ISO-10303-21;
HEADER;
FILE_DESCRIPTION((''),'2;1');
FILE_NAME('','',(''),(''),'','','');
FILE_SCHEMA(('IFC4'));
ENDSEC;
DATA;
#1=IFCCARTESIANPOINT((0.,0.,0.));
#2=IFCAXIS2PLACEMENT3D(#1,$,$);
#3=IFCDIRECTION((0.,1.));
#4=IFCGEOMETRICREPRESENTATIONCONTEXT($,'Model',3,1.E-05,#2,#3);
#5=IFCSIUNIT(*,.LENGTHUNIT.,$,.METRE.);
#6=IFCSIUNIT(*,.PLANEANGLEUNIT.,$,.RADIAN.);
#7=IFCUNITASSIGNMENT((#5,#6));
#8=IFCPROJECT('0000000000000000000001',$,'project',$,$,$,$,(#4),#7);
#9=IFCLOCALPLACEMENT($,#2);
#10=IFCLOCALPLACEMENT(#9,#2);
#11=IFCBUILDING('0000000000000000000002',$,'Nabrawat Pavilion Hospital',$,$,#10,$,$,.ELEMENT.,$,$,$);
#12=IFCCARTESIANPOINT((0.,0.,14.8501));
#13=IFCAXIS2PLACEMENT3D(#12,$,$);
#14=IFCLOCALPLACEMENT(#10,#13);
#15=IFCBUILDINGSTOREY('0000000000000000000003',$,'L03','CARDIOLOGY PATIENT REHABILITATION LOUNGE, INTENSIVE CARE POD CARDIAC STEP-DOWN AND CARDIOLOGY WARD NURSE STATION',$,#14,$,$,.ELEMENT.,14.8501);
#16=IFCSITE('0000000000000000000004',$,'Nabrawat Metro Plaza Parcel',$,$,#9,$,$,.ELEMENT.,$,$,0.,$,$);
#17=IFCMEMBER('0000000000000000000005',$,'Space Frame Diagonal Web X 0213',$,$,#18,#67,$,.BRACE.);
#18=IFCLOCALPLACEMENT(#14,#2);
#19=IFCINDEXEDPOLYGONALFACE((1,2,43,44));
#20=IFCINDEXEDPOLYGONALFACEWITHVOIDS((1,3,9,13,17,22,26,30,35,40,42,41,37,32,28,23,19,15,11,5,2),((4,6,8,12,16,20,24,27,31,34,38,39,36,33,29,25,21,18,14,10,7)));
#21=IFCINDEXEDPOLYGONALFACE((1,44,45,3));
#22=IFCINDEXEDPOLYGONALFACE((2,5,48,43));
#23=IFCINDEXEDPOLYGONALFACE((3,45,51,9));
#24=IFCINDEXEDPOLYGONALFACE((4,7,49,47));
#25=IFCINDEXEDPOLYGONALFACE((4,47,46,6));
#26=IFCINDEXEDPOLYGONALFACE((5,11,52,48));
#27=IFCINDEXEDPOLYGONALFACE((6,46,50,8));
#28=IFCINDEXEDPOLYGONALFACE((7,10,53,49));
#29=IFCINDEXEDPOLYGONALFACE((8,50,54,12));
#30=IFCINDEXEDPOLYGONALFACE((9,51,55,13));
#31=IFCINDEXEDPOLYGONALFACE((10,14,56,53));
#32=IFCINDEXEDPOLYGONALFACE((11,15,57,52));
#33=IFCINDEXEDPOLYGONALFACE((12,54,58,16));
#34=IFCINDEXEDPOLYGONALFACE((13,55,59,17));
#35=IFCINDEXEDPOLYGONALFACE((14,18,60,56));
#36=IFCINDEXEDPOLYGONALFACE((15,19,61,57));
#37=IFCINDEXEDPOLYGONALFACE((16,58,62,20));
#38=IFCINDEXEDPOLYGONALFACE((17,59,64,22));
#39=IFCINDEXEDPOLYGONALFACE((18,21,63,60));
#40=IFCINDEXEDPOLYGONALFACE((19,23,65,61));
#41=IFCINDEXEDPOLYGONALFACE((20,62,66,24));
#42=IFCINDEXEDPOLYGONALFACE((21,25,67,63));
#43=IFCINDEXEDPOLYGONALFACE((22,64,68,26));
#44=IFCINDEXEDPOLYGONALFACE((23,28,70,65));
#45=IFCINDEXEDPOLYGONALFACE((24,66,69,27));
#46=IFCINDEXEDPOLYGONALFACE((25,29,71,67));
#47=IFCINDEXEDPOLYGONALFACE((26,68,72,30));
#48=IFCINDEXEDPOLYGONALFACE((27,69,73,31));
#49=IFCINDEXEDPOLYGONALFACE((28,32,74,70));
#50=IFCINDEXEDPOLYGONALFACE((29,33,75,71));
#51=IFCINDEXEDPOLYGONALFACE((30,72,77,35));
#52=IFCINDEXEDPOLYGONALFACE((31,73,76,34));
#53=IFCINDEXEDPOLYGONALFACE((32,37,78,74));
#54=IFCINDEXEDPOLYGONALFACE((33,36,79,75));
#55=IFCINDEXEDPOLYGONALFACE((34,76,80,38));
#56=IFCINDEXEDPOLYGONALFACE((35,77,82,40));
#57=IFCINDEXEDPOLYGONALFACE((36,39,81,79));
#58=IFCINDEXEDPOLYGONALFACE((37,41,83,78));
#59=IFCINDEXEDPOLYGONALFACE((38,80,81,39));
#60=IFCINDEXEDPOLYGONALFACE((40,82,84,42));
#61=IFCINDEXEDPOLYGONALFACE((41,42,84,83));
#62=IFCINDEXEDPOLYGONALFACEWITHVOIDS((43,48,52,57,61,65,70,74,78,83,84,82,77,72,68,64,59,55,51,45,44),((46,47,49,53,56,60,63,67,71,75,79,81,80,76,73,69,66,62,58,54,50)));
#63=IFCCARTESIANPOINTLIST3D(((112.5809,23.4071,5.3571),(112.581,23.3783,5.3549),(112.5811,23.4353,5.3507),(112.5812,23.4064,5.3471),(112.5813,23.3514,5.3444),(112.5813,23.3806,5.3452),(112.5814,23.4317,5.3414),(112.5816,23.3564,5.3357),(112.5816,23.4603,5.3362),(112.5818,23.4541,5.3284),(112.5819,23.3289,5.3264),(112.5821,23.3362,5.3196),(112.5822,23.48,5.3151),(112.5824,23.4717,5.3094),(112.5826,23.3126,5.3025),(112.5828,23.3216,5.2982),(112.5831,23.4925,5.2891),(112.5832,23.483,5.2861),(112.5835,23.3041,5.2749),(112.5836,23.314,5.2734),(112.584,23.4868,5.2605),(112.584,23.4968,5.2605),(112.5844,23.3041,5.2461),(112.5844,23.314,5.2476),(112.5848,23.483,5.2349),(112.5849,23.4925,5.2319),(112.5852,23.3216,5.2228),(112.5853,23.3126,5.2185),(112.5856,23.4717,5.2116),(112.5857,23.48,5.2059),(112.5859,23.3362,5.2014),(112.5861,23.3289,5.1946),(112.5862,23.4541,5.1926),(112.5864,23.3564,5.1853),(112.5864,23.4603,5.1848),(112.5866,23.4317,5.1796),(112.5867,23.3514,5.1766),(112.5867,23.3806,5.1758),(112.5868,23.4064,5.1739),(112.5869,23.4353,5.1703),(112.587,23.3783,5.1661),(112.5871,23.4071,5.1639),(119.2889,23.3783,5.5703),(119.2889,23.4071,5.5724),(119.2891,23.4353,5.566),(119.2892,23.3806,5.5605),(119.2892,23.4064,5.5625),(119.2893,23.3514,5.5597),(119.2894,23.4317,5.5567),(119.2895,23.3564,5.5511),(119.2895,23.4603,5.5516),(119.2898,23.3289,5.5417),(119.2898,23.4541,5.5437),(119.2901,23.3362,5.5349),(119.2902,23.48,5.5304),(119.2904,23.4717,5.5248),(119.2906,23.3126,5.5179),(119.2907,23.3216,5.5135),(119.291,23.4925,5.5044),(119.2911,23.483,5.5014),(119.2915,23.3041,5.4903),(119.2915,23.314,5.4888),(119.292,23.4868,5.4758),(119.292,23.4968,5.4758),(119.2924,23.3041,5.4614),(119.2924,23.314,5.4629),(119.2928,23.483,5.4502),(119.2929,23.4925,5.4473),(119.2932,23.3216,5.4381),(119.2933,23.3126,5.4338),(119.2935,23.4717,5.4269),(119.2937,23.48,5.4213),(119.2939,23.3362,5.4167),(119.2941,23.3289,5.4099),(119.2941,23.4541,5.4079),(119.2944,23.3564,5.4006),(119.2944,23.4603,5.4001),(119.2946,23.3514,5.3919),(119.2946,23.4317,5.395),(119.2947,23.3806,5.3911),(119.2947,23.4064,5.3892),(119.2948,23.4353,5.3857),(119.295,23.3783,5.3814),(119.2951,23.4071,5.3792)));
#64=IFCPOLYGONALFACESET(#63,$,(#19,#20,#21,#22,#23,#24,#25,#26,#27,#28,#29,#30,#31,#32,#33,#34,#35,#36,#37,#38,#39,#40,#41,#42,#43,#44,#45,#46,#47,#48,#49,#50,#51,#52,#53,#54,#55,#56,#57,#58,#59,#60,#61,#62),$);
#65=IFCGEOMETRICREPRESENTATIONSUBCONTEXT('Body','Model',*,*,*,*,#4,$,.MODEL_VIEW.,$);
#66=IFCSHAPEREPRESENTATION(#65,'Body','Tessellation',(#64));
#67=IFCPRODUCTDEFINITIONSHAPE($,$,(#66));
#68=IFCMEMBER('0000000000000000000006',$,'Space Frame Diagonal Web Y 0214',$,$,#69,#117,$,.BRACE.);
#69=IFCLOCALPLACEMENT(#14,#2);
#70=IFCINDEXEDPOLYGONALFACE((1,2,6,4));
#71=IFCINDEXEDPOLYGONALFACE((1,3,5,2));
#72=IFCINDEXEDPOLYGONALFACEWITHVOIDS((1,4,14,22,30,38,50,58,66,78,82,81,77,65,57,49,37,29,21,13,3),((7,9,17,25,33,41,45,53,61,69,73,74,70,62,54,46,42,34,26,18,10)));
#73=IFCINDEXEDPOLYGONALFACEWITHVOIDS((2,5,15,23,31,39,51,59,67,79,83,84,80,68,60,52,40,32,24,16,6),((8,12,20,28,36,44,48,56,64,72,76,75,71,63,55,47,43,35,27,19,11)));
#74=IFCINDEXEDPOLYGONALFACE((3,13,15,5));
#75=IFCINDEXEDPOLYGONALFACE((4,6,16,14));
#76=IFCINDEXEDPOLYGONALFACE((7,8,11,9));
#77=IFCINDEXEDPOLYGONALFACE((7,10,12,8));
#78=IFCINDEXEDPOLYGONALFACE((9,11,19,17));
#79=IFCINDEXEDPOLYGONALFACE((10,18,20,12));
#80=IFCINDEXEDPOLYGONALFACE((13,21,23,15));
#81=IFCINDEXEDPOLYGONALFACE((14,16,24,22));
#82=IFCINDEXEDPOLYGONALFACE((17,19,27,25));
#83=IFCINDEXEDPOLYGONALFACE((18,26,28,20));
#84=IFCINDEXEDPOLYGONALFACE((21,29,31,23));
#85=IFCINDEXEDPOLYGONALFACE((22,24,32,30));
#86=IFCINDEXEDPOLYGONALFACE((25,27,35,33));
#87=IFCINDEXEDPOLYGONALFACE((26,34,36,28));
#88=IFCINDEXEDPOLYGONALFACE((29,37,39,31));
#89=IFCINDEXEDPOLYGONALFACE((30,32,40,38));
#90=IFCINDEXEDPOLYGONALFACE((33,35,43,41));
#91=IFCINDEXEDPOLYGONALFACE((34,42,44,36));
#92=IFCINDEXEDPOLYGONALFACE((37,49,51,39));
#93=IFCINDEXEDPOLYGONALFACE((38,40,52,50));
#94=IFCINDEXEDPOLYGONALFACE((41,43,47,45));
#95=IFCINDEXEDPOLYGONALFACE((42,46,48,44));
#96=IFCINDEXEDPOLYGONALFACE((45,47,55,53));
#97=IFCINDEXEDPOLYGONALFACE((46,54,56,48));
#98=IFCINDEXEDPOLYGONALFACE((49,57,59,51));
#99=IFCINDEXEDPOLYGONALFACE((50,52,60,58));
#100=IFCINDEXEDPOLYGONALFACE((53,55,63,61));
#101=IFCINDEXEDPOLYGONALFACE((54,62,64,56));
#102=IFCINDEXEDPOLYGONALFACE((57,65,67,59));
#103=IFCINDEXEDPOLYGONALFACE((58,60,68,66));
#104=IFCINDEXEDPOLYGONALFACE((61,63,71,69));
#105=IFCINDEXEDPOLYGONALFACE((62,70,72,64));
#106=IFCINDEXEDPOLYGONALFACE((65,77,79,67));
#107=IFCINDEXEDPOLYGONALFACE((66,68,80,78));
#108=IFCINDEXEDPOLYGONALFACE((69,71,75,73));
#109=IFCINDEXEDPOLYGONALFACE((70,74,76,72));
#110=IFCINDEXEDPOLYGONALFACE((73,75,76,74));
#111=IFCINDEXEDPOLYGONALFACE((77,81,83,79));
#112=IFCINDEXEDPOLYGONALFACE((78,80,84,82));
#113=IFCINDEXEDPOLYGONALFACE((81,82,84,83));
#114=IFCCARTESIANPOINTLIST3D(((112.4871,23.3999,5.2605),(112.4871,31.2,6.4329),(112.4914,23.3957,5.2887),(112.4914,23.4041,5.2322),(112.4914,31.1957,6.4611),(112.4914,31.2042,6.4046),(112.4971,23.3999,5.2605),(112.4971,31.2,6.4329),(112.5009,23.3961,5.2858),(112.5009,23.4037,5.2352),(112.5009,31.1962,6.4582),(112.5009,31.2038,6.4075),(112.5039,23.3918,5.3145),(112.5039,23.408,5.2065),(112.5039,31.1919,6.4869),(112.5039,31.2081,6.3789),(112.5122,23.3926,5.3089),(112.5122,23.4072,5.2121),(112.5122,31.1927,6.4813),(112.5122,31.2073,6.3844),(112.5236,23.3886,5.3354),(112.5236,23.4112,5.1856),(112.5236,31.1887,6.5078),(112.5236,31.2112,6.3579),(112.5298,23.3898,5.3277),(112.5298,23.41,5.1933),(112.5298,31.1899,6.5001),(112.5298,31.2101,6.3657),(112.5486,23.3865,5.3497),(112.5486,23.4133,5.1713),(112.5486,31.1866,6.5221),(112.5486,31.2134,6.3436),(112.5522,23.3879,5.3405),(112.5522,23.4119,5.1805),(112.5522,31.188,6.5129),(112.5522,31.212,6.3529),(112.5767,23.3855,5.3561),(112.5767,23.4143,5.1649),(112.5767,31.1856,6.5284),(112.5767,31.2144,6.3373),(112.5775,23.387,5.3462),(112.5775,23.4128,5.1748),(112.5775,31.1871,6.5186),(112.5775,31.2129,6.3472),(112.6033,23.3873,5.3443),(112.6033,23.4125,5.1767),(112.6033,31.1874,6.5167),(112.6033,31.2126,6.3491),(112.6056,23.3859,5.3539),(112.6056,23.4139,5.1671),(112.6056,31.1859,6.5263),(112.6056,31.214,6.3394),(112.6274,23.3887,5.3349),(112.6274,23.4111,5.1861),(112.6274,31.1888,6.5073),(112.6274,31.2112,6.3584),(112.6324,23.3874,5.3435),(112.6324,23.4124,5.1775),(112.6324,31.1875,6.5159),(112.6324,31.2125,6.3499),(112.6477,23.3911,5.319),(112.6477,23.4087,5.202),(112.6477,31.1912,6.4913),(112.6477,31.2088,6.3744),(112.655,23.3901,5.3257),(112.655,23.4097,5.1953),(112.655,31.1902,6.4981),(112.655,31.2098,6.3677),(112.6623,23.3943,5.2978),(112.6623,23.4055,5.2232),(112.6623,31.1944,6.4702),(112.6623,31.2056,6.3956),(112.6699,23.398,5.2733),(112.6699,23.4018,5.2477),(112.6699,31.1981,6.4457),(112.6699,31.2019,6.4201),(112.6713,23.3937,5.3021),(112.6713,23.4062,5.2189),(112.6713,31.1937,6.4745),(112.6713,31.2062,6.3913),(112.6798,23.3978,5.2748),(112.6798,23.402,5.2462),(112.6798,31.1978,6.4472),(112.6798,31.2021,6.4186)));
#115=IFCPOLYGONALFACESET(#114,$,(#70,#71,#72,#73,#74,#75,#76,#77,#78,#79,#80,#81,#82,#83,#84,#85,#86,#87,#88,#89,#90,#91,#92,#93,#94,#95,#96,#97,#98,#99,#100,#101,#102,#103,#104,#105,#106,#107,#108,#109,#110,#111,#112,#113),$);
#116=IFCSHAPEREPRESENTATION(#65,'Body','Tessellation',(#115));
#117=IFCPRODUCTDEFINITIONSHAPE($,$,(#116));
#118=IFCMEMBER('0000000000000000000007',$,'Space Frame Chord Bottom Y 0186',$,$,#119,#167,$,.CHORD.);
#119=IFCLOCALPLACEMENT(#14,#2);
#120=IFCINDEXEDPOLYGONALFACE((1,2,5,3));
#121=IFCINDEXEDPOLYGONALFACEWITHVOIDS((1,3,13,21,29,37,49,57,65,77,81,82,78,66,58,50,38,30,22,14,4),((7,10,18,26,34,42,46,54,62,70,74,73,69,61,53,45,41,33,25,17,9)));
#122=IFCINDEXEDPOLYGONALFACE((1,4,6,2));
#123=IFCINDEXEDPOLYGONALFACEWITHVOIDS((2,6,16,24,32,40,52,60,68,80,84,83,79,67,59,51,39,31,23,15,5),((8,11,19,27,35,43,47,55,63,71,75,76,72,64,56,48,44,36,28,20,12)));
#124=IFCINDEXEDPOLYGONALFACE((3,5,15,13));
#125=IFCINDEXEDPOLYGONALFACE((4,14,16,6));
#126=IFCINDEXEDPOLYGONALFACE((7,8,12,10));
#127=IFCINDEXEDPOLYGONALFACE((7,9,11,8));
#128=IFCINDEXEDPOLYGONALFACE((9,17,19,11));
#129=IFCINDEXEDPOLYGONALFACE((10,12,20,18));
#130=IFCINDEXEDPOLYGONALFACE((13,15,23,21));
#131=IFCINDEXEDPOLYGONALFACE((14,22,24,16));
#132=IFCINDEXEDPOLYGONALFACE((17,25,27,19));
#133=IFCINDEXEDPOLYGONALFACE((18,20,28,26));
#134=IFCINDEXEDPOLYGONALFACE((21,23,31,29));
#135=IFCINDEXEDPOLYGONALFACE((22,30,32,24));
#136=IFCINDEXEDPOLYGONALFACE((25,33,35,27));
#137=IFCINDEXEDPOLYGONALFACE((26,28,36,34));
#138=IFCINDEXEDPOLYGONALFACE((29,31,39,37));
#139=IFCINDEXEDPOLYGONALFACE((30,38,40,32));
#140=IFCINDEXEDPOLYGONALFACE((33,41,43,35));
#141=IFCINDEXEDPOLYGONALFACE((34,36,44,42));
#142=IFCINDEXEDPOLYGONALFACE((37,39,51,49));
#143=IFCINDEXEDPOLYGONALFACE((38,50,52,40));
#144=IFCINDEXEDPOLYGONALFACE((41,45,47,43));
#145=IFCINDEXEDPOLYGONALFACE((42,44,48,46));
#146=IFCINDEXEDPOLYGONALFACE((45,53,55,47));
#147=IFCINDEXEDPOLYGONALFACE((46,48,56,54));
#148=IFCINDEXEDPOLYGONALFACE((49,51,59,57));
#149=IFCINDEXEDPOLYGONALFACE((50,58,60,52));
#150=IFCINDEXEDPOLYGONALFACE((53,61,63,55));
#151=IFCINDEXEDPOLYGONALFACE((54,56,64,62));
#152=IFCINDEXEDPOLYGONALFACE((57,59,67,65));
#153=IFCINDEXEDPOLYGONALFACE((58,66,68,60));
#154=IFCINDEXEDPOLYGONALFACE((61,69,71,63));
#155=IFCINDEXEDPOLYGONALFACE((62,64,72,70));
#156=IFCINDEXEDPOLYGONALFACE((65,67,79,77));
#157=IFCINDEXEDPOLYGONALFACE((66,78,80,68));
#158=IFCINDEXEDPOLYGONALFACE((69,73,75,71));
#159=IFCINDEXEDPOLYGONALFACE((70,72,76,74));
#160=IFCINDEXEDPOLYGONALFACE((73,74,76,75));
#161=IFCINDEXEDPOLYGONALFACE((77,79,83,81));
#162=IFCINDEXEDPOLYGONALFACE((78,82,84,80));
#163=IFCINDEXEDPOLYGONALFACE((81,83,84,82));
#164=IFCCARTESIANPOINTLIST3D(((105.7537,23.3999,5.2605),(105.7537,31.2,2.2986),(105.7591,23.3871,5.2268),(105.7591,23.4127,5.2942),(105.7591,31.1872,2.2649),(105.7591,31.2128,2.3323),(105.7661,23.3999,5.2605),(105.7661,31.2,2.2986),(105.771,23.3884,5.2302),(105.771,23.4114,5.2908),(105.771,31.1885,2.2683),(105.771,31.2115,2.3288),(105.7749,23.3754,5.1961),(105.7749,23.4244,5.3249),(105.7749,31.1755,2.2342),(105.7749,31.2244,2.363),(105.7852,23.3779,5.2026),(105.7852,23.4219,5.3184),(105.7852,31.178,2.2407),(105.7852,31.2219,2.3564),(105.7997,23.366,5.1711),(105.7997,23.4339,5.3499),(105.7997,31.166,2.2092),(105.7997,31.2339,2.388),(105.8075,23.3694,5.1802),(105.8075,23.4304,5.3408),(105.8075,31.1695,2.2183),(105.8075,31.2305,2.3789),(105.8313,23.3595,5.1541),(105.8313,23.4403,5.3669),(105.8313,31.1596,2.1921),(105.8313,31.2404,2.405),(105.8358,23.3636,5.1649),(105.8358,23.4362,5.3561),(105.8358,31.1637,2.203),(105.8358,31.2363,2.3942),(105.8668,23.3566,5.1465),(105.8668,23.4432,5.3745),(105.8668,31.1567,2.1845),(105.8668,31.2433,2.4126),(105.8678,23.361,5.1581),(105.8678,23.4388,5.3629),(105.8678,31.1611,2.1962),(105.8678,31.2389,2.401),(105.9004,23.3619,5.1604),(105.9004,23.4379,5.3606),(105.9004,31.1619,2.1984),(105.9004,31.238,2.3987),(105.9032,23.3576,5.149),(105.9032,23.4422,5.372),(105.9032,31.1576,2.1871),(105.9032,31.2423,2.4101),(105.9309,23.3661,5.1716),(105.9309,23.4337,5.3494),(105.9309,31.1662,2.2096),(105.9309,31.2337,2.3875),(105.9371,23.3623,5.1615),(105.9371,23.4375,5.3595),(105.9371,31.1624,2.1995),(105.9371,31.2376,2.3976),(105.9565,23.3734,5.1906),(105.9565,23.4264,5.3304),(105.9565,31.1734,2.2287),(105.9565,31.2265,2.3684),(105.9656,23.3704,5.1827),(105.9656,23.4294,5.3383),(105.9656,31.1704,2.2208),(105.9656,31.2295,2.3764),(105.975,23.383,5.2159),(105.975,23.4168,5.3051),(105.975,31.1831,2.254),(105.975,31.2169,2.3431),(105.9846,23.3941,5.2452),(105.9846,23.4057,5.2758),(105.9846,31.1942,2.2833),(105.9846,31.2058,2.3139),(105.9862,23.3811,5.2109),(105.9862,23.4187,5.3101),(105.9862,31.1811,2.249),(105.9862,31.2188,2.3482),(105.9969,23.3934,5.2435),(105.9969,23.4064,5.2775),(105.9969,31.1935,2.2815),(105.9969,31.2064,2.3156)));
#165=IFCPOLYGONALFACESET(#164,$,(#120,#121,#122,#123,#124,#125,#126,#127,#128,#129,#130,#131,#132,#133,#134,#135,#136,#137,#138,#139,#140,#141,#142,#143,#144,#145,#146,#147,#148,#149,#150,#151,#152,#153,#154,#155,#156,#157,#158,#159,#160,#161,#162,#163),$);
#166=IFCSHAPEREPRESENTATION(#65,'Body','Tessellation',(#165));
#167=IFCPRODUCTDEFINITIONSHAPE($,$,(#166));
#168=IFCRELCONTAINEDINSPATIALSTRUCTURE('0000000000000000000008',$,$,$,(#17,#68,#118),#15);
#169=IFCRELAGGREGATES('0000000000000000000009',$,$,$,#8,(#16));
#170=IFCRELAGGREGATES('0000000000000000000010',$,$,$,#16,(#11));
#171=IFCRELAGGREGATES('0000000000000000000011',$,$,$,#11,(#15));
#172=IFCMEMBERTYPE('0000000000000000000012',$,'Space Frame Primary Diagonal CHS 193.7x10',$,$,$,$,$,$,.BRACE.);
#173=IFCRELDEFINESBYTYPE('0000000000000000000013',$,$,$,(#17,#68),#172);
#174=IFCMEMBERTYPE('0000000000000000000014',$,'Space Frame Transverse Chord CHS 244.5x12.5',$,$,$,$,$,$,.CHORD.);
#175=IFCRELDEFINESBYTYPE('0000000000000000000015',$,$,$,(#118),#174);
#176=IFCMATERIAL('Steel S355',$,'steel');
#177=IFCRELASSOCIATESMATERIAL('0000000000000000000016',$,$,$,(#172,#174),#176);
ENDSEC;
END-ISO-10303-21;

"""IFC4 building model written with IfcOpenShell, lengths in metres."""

from ifc_helpers import new_model, si_unit, direction, frame, origin, origin_2d, place, context, subcontext, project, spatial, hollow_circle, extrude, material, material_profile, profile_set, type_object, element, save


model = new_model("IFC4")

# Units and contexts
model_context = context("Model", 3, precision=1e-05, world=origin(), true_north=direction((0.0, 1.0)))
body_context = subcontext(model_context, "Body", "Model", "MODEL_VIEW")
ifc_project = project(units=[si_unit("LENGTHUNIT", "METRE"), si_unit("PLANEANGLEUNIT", "RADIAN")], contexts=[model_context])

# Site, building, storey
site_placement = place(None, origin())
site = spatial("IfcSite", under=ifc_project, at=site_placement, Name="Nabrawat Metro Plaza Parcel", CompositionType="ELEMENT", RefElevation=0.0)
building_placement = place(site_placement, origin())
building = spatial("IfcBuilding", under=site, at=building_placement, Name="Nabrawat Pavilion Hospital", CompositionType="ELEMENT")
storey_placement = place(building_placement, frame((0.0, 0.0, 14.8501)))
storey = spatial("IfcBuildingStorey", under=building, at=storey_placement, Name="L03", Description="CARDIOLOGY PATIENT REHABILITATION LOUNGE, INTENSIVE CARE POD CARDIAC STEP-DOWN AND CARDIOLOGY WARD NURSE STATION", CompositionType="ELEMENT", Elevation=14.8501)

# Shared definitions
ifc_material = material(Name="Steel S355", Category="steel")

# Members
ifc_material_profile_1 = material_profile(ifc_material, hollow_circle(Radius=0.0969, WallThickness=0.01, at=origin_2d()), Name="CHS 193.7x10")
ifc_profile_set_1 = profile_set([ifc_material_profile_1], Name="Steel S355")
member_type_1 = type_object("IfcMemberType", Name="Space Frame Primary Diagonal CHS 193.7x10", PredefinedType="BRACE", material=ifc_profile_set_1)
member_1_placement = place(storey_placement, frame((112.584, 23.3999, 5.2605), z_axis=(0.999485, 0.0, 0.032084), x_axis=(0.0, 1.0, 0.0)))
element("IfcMember", 1, at=member_1_placement, inside=storey, type_object=member_type_1, Name="Space Frame Diagonal Web X 0213", PredefinedType="BRACE", context=body_context, shape_type="SweptSolid", body=[
    extrude(hollow_circle(Radius=0.0969, WallThickness=0.01, at=origin_2d()), origin(), (0.0, 0.0, 1.0), 6.7114),
])
member_2_placement = place(storey_placement, frame((112.584, 23.3999, 5.2605), z_axis=(0.0, 0.988892, 0.148633), x_axis=(-1.0, 0.0, 0.0)))
element("IfcMember", 2, at=member_2_placement, inside=storey, type_object=member_type_1, Name="Space Frame Diagonal Web Y 0214", PredefinedType="BRACE", context=body_context, shape_type="SweptSolid", body=[
    extrude(hollow_circle(Radius=0.0969, WallThickness=0.01, at=origin_2d()), origin(), (0.0, 0.0, 1.0), 7.8877),
])
ifc_material_profile_2 = material_profile(ifc_material, hollow_circle(Radius=0.1223, WallThickness=0.0125, at=origin_2d()), Name="CHS 244.5x12.5")
ifc_profile_set_2 = profile_set([ifc_material_profile_2], Name="Steel S355")
member_type_2 = type_object("IfcMemberType", Name="Space Frame Transverse Chord CHS 244.5x12.5", PredefinedType="CHORD", material=ifc_profile_set_2)
member_3_placement = place(storey_placement, frame((105.876, 23.3999, 5.2605), z_axis=(0.0, 0.934867, -0.354997), x_axis=(-1.0, 0.0, 0.0)))
element("IfcMember", 3, at=member_3_placement, inside=storey, type_object=member_type_2, Name="Space Frame Chord Bottom Y 0186", PredefinedType="CHORD", context=body_context, shape_type="SweptSolid", body=[
    extrude(hollow_circle(Radius=0.1223, WallThickness=0.0125, at=origin_2d()), origin(), (0.0, 0.0, 1.0), 8.3435),
])

save(model, "model.ifc")
